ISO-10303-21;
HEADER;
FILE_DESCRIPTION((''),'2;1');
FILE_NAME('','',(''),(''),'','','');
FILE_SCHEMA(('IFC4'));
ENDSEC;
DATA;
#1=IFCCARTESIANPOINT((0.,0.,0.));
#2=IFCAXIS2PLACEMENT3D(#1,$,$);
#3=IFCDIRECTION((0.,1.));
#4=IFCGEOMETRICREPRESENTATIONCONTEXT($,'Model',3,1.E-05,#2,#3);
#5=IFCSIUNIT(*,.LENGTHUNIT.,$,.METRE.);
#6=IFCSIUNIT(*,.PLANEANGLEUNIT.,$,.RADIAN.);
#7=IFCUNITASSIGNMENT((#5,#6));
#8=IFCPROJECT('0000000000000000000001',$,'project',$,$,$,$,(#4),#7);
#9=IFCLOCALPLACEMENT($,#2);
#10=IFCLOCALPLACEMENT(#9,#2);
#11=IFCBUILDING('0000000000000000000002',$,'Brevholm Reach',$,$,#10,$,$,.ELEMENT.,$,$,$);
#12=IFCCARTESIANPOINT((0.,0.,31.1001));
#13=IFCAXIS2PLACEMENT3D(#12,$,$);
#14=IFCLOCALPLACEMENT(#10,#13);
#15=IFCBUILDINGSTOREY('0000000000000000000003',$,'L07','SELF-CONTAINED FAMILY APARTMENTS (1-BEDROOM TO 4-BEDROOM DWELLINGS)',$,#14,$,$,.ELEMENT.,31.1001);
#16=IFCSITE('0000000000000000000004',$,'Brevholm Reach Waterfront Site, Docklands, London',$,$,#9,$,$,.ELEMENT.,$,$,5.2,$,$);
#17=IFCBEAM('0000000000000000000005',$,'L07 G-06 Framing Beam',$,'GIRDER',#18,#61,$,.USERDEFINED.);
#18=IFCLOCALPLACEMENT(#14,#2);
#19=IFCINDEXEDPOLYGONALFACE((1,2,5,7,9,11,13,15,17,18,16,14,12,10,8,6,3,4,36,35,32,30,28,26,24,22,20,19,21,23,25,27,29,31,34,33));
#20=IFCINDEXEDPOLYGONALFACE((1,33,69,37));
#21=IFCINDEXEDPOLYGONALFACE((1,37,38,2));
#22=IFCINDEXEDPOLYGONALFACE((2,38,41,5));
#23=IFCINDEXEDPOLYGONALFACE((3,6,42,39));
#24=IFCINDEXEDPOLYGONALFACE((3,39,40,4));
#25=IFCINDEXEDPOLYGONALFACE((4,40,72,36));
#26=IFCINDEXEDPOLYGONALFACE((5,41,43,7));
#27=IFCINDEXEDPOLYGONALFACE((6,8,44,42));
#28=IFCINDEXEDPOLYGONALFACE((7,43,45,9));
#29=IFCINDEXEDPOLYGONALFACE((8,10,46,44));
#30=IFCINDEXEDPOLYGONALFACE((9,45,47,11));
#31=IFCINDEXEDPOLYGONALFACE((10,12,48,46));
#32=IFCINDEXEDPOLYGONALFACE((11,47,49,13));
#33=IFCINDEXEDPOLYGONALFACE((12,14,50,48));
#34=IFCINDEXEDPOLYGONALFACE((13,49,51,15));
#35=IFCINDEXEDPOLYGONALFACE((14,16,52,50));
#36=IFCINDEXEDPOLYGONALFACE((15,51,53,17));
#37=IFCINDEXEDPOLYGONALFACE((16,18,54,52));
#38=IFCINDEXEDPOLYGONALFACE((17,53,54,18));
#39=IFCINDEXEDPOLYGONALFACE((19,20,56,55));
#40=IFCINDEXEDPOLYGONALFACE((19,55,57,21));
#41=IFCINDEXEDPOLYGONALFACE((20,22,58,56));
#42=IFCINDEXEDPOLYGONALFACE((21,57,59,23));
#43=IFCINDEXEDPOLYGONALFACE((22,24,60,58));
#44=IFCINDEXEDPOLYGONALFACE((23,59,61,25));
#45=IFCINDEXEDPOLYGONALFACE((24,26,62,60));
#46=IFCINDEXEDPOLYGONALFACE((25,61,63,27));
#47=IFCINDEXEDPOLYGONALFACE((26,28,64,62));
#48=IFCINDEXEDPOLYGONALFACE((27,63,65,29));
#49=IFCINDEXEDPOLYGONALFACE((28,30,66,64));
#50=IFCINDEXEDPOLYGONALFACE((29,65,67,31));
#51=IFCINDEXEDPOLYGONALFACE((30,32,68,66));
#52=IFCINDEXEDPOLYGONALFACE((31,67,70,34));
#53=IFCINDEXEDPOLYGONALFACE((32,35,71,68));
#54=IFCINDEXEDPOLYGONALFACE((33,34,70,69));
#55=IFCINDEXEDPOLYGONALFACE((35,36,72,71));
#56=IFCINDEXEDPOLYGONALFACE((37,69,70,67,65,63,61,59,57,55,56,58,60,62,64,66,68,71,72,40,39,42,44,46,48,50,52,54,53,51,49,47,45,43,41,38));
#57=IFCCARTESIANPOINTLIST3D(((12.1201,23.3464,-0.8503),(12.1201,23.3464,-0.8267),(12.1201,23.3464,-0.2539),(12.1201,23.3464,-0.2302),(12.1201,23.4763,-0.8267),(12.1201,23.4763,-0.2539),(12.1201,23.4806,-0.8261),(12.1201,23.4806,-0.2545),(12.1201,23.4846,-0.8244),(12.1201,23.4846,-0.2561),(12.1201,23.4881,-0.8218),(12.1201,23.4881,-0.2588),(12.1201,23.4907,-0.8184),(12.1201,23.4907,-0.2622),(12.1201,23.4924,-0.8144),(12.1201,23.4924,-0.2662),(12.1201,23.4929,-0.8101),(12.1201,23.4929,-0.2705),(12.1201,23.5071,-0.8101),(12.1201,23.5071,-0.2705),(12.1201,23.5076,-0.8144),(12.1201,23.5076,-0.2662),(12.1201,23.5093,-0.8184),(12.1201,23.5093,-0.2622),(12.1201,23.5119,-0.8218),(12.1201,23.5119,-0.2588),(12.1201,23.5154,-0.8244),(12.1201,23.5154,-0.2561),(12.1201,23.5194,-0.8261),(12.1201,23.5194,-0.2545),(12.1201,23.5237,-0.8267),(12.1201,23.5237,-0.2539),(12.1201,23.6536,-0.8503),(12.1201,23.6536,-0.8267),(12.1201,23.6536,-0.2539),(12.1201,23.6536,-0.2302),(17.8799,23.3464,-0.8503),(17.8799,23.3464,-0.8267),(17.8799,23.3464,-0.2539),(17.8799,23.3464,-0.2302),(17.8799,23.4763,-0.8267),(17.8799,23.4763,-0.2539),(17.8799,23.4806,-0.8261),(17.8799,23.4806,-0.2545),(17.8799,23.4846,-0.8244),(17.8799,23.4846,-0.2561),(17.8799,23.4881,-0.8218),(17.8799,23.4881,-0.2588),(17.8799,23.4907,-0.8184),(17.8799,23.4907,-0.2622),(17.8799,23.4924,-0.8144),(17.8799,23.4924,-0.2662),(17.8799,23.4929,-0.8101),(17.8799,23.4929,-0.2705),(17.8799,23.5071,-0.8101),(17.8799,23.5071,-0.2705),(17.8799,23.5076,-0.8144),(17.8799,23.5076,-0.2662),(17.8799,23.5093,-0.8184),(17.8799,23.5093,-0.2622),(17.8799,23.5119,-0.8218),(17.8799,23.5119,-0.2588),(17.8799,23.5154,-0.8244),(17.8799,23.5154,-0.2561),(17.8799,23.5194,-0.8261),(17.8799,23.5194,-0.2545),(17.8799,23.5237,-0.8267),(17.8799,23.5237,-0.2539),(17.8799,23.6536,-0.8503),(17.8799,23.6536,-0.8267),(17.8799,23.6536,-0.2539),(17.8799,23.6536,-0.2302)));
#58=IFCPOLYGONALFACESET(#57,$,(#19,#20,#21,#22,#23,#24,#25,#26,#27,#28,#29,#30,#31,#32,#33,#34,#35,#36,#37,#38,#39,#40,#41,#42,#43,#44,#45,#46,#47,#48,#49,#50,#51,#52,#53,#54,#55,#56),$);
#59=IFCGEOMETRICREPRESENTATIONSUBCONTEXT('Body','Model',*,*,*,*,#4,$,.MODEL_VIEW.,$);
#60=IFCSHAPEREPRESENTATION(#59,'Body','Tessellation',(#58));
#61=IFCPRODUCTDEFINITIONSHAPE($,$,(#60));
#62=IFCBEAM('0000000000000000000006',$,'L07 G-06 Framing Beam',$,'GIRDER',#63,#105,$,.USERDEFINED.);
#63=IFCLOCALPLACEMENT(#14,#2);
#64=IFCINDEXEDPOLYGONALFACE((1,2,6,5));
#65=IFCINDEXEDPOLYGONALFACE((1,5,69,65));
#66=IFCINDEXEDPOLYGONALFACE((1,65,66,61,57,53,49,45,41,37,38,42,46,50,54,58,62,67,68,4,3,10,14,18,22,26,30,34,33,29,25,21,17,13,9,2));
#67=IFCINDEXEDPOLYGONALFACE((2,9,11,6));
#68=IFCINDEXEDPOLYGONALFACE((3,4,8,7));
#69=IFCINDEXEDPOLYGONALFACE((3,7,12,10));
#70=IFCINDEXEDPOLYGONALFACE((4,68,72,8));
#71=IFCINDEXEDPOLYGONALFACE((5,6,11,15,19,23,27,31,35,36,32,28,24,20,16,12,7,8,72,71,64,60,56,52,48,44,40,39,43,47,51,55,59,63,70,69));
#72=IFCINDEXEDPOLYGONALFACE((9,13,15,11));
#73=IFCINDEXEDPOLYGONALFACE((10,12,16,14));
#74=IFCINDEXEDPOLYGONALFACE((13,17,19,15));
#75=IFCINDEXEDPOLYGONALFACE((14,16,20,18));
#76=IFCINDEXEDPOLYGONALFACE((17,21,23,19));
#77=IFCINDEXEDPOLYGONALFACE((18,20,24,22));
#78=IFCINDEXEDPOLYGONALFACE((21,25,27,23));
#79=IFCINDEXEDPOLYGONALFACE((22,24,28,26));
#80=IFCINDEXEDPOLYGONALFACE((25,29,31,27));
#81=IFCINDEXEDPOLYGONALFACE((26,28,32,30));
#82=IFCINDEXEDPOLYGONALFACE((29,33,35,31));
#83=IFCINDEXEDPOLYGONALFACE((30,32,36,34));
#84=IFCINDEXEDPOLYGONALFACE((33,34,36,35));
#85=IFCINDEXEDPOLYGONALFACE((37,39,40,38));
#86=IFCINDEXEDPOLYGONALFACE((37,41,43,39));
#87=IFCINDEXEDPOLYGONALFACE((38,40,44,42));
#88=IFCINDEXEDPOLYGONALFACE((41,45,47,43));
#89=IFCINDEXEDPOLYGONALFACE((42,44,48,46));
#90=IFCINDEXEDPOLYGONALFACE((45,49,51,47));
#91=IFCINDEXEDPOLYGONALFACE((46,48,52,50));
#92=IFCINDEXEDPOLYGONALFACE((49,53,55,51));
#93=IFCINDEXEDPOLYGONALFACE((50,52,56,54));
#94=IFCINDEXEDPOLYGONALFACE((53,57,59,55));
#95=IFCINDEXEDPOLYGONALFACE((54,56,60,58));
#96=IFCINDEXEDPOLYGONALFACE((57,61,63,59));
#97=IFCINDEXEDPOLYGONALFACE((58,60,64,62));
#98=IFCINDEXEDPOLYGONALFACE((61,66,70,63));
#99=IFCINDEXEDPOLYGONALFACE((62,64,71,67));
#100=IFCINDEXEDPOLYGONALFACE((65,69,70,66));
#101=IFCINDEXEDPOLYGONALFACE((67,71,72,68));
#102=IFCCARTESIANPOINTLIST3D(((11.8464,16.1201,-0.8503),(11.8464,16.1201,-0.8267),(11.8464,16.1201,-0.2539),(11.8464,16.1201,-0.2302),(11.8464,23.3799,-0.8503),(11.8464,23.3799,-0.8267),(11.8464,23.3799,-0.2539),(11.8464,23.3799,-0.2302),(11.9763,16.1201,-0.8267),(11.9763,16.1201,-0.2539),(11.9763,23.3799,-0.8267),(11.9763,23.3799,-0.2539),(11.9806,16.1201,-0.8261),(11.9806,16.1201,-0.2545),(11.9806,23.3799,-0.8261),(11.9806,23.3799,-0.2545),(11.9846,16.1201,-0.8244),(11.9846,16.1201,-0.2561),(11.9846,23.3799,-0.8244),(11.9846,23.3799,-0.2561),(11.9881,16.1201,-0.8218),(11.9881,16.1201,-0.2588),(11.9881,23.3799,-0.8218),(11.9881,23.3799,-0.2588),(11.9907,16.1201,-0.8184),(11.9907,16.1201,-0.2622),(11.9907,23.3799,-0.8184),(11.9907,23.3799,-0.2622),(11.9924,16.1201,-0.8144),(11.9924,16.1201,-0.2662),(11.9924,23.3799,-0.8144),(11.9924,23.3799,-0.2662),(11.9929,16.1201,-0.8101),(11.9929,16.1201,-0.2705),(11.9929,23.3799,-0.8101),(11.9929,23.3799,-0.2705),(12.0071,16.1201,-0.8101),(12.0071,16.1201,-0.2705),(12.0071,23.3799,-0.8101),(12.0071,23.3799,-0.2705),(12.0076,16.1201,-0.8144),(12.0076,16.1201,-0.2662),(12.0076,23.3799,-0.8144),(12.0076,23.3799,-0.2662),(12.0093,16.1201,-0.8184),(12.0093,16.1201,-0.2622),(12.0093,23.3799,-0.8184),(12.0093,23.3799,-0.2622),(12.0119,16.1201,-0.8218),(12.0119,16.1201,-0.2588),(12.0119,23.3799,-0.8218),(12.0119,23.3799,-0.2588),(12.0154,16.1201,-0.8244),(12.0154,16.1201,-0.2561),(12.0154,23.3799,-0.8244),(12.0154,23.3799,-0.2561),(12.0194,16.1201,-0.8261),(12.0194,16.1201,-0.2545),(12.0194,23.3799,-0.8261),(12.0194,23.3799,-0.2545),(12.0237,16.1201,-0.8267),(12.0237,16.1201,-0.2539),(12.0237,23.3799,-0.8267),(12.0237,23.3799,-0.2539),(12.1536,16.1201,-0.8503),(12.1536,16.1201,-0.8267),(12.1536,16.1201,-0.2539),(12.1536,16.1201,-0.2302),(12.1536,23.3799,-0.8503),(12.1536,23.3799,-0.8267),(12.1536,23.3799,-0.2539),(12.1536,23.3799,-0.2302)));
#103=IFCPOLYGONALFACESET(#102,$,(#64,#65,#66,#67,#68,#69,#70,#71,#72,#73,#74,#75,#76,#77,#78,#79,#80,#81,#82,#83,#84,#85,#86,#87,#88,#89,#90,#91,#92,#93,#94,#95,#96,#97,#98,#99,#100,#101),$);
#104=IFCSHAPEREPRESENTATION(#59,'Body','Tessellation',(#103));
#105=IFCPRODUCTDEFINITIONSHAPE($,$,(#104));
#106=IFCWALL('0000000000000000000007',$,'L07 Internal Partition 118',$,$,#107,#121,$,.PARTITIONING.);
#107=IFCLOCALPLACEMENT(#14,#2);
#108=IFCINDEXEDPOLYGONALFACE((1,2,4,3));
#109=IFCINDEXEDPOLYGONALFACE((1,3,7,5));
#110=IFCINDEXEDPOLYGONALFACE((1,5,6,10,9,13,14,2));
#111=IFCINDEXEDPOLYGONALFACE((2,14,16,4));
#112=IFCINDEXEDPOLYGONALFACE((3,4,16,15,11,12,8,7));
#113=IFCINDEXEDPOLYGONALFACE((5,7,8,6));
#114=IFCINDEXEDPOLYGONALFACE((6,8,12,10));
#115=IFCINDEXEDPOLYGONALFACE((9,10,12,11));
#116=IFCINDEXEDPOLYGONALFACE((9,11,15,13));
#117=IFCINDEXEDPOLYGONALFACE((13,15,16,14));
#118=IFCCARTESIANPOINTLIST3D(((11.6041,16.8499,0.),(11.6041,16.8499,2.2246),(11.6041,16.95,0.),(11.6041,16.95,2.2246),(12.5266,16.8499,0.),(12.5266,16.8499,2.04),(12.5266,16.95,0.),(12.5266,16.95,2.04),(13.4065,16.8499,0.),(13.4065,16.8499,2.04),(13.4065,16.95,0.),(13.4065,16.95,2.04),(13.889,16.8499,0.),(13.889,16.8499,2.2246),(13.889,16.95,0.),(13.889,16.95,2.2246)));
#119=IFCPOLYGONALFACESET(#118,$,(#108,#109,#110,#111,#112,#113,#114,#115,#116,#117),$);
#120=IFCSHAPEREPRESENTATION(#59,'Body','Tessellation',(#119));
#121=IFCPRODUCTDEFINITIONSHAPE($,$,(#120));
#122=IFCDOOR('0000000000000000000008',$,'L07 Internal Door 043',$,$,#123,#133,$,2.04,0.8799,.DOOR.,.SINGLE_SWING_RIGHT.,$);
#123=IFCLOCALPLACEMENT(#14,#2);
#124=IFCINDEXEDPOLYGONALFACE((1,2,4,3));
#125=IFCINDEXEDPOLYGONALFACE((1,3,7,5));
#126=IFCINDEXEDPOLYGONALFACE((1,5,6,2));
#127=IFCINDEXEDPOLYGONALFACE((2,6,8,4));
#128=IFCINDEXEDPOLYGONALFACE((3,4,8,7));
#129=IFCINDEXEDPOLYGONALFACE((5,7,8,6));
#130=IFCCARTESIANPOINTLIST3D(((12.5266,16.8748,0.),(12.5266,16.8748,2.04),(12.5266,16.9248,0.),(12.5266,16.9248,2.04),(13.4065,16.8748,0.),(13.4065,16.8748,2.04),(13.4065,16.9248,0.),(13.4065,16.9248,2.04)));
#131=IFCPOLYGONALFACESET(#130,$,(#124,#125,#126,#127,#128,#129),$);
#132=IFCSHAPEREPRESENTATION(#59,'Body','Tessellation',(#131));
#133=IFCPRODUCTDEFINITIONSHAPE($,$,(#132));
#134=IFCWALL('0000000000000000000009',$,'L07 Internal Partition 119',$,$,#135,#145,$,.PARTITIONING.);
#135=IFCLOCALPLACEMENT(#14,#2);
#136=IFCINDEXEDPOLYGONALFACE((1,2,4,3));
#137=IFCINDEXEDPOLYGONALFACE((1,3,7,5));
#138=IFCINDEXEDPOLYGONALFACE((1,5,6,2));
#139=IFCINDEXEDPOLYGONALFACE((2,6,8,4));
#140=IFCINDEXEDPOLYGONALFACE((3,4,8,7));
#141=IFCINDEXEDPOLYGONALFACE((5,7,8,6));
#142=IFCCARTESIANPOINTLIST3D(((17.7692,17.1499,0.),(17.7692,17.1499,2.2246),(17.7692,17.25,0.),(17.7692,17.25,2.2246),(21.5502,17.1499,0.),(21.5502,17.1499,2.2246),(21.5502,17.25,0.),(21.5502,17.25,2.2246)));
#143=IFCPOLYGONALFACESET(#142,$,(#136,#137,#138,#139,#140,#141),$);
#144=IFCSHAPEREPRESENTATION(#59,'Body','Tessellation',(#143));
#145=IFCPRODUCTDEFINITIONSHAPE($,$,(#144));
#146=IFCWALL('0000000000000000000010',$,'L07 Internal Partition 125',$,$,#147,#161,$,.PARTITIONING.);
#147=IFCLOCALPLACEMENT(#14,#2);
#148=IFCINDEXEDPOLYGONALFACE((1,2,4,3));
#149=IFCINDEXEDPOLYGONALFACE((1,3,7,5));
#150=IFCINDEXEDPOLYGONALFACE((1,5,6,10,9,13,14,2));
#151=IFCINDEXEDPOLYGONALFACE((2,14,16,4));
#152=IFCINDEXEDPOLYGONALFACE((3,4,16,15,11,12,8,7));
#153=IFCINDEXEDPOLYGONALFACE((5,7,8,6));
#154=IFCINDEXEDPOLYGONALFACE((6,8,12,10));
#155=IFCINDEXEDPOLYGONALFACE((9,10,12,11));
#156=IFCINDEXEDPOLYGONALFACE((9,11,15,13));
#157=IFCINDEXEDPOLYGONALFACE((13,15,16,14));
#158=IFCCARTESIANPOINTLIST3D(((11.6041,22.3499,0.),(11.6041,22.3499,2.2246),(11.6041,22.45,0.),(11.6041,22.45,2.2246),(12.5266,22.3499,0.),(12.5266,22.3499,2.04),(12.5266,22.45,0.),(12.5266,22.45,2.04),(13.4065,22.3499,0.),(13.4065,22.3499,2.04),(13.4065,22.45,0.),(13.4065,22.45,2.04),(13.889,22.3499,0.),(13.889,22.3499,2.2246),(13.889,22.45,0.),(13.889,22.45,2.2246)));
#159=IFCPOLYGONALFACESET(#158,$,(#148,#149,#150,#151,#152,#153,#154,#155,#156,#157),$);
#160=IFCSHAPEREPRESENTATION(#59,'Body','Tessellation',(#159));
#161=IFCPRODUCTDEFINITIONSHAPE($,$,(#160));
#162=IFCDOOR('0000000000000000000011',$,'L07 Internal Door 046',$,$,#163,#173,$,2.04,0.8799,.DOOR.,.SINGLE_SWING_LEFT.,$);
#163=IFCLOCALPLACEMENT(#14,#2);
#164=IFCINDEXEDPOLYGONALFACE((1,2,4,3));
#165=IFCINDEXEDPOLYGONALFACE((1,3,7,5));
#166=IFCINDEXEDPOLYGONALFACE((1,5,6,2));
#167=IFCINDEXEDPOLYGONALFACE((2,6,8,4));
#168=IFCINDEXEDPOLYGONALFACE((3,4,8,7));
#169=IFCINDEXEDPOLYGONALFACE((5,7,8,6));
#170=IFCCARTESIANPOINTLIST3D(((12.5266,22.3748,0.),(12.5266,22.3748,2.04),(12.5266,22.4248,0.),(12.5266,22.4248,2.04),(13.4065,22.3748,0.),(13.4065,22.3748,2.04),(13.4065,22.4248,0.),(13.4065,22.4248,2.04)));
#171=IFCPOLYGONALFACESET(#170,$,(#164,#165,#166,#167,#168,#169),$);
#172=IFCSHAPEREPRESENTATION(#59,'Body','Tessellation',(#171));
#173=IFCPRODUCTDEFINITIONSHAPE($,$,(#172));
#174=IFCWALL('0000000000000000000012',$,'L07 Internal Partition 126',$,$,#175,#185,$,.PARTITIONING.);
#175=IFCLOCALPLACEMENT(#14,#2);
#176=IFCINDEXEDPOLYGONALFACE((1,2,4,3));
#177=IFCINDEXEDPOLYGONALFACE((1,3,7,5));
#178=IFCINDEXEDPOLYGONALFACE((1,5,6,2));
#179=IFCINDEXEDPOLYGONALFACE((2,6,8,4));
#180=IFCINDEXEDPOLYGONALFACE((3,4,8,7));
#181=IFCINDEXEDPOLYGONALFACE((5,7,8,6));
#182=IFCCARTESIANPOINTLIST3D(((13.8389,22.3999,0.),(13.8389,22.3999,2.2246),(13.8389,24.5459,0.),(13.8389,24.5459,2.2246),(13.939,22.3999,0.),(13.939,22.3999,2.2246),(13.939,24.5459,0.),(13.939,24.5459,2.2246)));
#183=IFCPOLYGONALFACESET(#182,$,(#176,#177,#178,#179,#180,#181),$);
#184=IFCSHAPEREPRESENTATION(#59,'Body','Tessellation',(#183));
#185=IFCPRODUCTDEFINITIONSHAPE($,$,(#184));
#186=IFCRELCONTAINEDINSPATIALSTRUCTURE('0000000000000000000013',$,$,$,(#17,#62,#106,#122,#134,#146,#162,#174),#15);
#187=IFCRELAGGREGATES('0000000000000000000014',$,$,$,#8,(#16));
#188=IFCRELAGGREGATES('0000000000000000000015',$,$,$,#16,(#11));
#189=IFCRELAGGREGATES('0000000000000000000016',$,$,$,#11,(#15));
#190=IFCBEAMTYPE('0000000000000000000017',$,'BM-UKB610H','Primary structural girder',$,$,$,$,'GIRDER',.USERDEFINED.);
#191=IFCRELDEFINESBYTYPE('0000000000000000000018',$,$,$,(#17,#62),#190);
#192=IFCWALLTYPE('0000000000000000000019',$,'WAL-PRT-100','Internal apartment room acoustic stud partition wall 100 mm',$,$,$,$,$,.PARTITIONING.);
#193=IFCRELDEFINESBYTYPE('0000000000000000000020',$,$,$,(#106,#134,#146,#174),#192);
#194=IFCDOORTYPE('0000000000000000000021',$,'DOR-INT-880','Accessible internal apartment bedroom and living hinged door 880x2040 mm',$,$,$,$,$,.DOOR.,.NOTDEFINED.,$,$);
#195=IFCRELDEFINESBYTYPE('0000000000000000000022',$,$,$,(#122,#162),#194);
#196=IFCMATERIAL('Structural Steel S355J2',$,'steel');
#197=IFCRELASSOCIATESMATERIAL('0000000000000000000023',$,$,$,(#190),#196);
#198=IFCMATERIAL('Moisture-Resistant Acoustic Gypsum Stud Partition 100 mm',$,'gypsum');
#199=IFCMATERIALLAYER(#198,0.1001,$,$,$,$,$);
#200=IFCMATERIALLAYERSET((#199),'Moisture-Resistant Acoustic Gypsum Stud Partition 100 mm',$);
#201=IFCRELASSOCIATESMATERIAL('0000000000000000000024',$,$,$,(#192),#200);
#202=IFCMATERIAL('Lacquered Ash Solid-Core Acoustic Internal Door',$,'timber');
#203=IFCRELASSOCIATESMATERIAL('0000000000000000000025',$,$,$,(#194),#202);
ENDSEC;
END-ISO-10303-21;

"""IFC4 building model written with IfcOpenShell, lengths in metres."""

from ifc_helpers import new_model, si_unit, direction, frame, frame_2d, origin, origin_2d, place, context, subcontext, project, spatial, rectangle, i_section, extrude, material, layer, layer_set, material_profile, profile_set, type_object, element, fill, save


model = new_model("IFC4")

# Units and contexts
model_context = context("Model", 3, precision=1e-05, world=origin(), true_north=direction((0.0, 1.0)))
body_context = subcontext(model_context, "Body", "Model", "MODEL_VIEW")
ifc_project = project(units=[si_unit("LENGTHUNIT", "METRE"), si_unit("PLANEANGLEUNIT", "RADIAN")], contexts=[model_context])

# Site, building, storey
site_placement = place(None, origin())
site = spatial("IfcSite", under=ifc_project, at=site_placement, Name="Brevholm Reach Waterfront Site, Docklands, London", CompositionType="ELEMENT", RefElevation=5.2)
building_placement = place(site_placement, origin())
building = spatial("IfcBuilding", under=site, at=building_placement, Name="Brevholm Reach", CompositionType="ELEMENT")
storey_placement = place(building_placement, frame((0.0, 0.0, 31.1001)))
storey = spatial("IfcBuildingStorey", under=building, at=storey_placement, Name="L07", Description="SELF-CONTAINED FAMILY APARTMENTS (1-BEDROOM TO 4-BEDROOM DWELLINGS)", CompositionType="ELEMENT", Elevation=31.1001)

# Beams
ifc_material_1 = material(Name="Structural Steel S355J2", Category="steel")
ifc_material_profile_1 = material_profile(ifc_material_1, i_section(OverallWidth=0.3071, OverallDepth=0.6201, WebThickness=0.0142, FlangeThickness=0.0237, FilletRadius=0.0166, at=origin_2d()), Name="UKB 610x305x179")
ifc_profile_set_1 = profile_set([ifc_material_profile_1], Name="Structural Steel S355J2")
beam_type_1 = type_object("IfcBeamType", Name="BM-UKB610H", Description="Primary structural girder", ElementType="GIRDER", PredefinedType="USERDEFINED", material=ifc_profile_set_1)
for number, where, z_axis, x_axis, name in (
    (1, (12.1201, 23.5, -0.5403), (1.0, 0.0, 0.0), (0.0, 1.0, 0.0), "L07 G-06 Framing Beam"),
):
    element("IfcBeam", number, at=place(storey_placement, frame(where, z_axis=z_axis, x_axis=x_axis)), inside=storey, type_object=beam_type_1, Name=name, ObjectType="GIRDER", PredefinedType="USERDEFINED", context=body_context, shape_type="SweptSolid", body=[
        extrude(i_section(OverallWidth=0.3071, OverallDepth=0.6201, WebThickness=0.0142, FlangeThickness=0.0237, FilletRadius=0.0166, at=origin_2d()), origin(), (0.0, 0.0, 1.0), 5.7598),
    ])
beam_1_placement = place(storey_placement, frame((12.0, 16.1201, -0.5403), z_axis=(0.0, 1.0, 0.0), x_axis=(-1.0, 0.0, 0.0)))
element("IfcBeam", 2, at=beam_1_placement, inside=storey, type_object=beam_type_1, Name="L07 G-06 Framing Beam", ObjectType="GIRDER", PredefinedType="USERDEFINED", context=body_context, shape_type="SweptSolid", body=[
    extrude(i_section(OverallWidth=0.3071, OverallDepth=0.6201, WebThickness=0.0142, FlangeThickness=0.0237, FilletRadius=0.0166, at=origin_2d()), origin(), (0.0, 0.0, 1.0), 7.2598),
])

# Wall, opening, door
ifc_material_2 = material(Name="Moisture-Resistant Acoustic Gypsum Stud Partition 100 mm", Category="gypsum")
ifc_layer_1 = layer(ifc_material_2, 0.1001)
ifc_layer_set_1 = layer_set([ifc_layer_1], Name="Moisture-Resistant Acoustic Gypsum Stud Partition 100 mm")
wall_type_1 = type_object("IfcWallType", Name="WAL-PRT-100", Description="Internal apartment room acoustic stud partition wall 100 mm", PredefinedType="PARTITIONING", material=ifc_layer_set_1)
wall_1_placement = place(storey_placement, frame((11.604, 16.8999, 0.0), z_axis=(0.0, 0.0, 1.0), x_axis=(1.0, 0.0, 0.0)))
wall_1 = element("IfcWall", 3, at=wall_1_placement, inside=storey, type_object=wall_type_1, Name="L07 Internal Partition 118", PredefinedType="PARTITIONING", context=body_context, shape_type="SweptSolid", body=[
    extrude(rectangle(XDim=2.2849, YDim=0.1001, at=frame_2d((1.1426, 0.0))), origin(), (0.0, 0.0, 1.0), 2.2246),
])
opening_1_placement = place(wall_1_placement, frame((0.9226, 0.0, 0.0)))
opening_1 = element("IfcOpeningElement", 4, at=opening_1_placement, cuts=wall_1, PredefinedType="OPENING", context=body_context, shape_type="SweptSolid", body=[
    extrude(rectangle(XDim=0.8799, YDim=2.04, at=frame_2d((0.4399, 1.02))), frame((0.0, 0.0601, 0.0), z_axis=(0.0, -1.0, 0.0), x_axis=(1.0, 0.0, 0.0)), (0.0, 0.0, 1.0), 0.1201),
])
ifc_material_3 = material(Name="Lacquered Ash Solid-Core Acoustic Internal Door", Category="timber")
door_type_1 = type_object("IfcDoorType", Name="DOR-INT-880", Description="Accessible internal apartment bedroom and living hinged door 880x2040 mm", OperationType="NOTDEFINED", PredefinedType="DOOR", material=ifc_material_3)
door_1_placement = place(opening_1_placement, origin())
door_1 = element("IfcDoor", 5, at=door_1_placement, inside=storey, type_object=door_type_1, Name="L07 Internal Door 043", OperationType="SINGLE_SWING_RIGHT", OverallHeight=2.04, OverallWidth=0.8799, PredefinedType="DOOR", context=body_context, shape_type="SweptSolid", body=[
    extrude(rectangle(XDim=0.8799, YDim=2.04, at=frame_2d((0.4399, 1.02))), frame((0.0, 0.0249, 0.0), z_axis=(0.0, -1.0, 0.0), x_axis=(1.0, 0.0, 0.0)), (0.0, 0.0, 1.0), 0.05),
])
fill(opening_1, door_1)

# Wall
wall_2_placement = place(storey_placement, frame((17.769, 17.2, 0.0), z_axis=(0.0, 0.0, 1.0), x_axis=(1.0, 0.0, 0.0)))
element("IfcWall", 6, at=wall_2_placement, inside=storey, type_object=wall_type_1, Name="L07 Internal Partition 119", PredefinedType="PARTITIONING", context=body_context, shape_type="SweptSolid", body=[
    extrude(rectangle(XDim=3.781, YDim=0.1001, at=frame_2d((1.8906, 0.0))), origin(), (0.0, 0.0, 1.0), 2.2246),
])

# Wall, opening, door
wall_3_placement = place(storey_placement, frame((11.604, 22.3999, 0.0), z_axis=(0.0, 0.0, 1.0), x_axis=(1.0, 0.0, 0.0)))
wall_3 = element("IfcWall", 7, at=wall_3_placement, inside=storey, type_object=wall_type_1, Name="L07 Internal Partition 125", PredefinedType="PARTITIONING", context=body_context, shape_type="SweptSolid", body=[
    extrude(rectangle(XDim=2.2849, YDim=0.1001, at=frame_2d((1.1426, 0.0))), origin(), (0.0, 0.0, 1.0), 2.2246),
])
opening_2_placement = place(wall_3_placement, frame((0.9226, 0.0, 0.0)))
opening_2 = element("IfcOpeningElement", 8, at=opening_2_placement, cuts=wall_3, PredefinedType="OPENING", context=body_context, shape_type="SweptSolid", body=[
    extrude(rectangle(XDim=0.8799, YDim=2.04, at=frame_2d((0.4399, 1.02))), frame((0.0, 0.0601, 0.0), z_axis=(0.0, -1.0, 0.0), x_axis=(1.0, 0.0, 0.0)), (0.0, 0.0, 1.0), 0.1201),
])
door_2_placement = place(opening_2_placement, origin())
door_2 = element("IfcDoor", 9, at=door_2_placement, inside=storey, type_object=door_type_1, Name="L07 Internal Door 046", OperationType="SINGLE_SWING_LEFT", OverallHeight=2.04, OverallWidth=0.8799, PredefinedType="DOOR", context=body_context, shape_type="SweptSolid", body=[
    extrude(rectangle(XDim=0.8799, YDim=2.04, at=frame_2d((0.4399, 1.02))), frame((0.0, 0.0249, 0.0), z_axis=(0.0, -1.0, 0.0), x_axis=(1.0, 0.0, 0.0)), (0.0, 0.0, 1.0), 0.05),
])
fill(opening_2, door_2)

# Wall
wall_4_placement = place(storey_placement, frame((13.8889, 22.3999, 0.0), z_axis=(0.0, 0.0, 1.0), x_axis=(0.0, 1.0, 0.0)))
element("IfcWall", 10, at=wall_4_placement, inside=storey, type_object=wall_type_1, Name="L07 Internal Partition 126", PredefinedType="PARTITIONING", context=body_context, shape_type="SweptSolid", body=[
    extrude(rectangle(XDim=2.146, YDim=0.1001, at=frame_2d((1.073, 0.0))), origin(), (0.0, 0.0, 1.0), 2.2246),
])

save(model, "model.ifc")
